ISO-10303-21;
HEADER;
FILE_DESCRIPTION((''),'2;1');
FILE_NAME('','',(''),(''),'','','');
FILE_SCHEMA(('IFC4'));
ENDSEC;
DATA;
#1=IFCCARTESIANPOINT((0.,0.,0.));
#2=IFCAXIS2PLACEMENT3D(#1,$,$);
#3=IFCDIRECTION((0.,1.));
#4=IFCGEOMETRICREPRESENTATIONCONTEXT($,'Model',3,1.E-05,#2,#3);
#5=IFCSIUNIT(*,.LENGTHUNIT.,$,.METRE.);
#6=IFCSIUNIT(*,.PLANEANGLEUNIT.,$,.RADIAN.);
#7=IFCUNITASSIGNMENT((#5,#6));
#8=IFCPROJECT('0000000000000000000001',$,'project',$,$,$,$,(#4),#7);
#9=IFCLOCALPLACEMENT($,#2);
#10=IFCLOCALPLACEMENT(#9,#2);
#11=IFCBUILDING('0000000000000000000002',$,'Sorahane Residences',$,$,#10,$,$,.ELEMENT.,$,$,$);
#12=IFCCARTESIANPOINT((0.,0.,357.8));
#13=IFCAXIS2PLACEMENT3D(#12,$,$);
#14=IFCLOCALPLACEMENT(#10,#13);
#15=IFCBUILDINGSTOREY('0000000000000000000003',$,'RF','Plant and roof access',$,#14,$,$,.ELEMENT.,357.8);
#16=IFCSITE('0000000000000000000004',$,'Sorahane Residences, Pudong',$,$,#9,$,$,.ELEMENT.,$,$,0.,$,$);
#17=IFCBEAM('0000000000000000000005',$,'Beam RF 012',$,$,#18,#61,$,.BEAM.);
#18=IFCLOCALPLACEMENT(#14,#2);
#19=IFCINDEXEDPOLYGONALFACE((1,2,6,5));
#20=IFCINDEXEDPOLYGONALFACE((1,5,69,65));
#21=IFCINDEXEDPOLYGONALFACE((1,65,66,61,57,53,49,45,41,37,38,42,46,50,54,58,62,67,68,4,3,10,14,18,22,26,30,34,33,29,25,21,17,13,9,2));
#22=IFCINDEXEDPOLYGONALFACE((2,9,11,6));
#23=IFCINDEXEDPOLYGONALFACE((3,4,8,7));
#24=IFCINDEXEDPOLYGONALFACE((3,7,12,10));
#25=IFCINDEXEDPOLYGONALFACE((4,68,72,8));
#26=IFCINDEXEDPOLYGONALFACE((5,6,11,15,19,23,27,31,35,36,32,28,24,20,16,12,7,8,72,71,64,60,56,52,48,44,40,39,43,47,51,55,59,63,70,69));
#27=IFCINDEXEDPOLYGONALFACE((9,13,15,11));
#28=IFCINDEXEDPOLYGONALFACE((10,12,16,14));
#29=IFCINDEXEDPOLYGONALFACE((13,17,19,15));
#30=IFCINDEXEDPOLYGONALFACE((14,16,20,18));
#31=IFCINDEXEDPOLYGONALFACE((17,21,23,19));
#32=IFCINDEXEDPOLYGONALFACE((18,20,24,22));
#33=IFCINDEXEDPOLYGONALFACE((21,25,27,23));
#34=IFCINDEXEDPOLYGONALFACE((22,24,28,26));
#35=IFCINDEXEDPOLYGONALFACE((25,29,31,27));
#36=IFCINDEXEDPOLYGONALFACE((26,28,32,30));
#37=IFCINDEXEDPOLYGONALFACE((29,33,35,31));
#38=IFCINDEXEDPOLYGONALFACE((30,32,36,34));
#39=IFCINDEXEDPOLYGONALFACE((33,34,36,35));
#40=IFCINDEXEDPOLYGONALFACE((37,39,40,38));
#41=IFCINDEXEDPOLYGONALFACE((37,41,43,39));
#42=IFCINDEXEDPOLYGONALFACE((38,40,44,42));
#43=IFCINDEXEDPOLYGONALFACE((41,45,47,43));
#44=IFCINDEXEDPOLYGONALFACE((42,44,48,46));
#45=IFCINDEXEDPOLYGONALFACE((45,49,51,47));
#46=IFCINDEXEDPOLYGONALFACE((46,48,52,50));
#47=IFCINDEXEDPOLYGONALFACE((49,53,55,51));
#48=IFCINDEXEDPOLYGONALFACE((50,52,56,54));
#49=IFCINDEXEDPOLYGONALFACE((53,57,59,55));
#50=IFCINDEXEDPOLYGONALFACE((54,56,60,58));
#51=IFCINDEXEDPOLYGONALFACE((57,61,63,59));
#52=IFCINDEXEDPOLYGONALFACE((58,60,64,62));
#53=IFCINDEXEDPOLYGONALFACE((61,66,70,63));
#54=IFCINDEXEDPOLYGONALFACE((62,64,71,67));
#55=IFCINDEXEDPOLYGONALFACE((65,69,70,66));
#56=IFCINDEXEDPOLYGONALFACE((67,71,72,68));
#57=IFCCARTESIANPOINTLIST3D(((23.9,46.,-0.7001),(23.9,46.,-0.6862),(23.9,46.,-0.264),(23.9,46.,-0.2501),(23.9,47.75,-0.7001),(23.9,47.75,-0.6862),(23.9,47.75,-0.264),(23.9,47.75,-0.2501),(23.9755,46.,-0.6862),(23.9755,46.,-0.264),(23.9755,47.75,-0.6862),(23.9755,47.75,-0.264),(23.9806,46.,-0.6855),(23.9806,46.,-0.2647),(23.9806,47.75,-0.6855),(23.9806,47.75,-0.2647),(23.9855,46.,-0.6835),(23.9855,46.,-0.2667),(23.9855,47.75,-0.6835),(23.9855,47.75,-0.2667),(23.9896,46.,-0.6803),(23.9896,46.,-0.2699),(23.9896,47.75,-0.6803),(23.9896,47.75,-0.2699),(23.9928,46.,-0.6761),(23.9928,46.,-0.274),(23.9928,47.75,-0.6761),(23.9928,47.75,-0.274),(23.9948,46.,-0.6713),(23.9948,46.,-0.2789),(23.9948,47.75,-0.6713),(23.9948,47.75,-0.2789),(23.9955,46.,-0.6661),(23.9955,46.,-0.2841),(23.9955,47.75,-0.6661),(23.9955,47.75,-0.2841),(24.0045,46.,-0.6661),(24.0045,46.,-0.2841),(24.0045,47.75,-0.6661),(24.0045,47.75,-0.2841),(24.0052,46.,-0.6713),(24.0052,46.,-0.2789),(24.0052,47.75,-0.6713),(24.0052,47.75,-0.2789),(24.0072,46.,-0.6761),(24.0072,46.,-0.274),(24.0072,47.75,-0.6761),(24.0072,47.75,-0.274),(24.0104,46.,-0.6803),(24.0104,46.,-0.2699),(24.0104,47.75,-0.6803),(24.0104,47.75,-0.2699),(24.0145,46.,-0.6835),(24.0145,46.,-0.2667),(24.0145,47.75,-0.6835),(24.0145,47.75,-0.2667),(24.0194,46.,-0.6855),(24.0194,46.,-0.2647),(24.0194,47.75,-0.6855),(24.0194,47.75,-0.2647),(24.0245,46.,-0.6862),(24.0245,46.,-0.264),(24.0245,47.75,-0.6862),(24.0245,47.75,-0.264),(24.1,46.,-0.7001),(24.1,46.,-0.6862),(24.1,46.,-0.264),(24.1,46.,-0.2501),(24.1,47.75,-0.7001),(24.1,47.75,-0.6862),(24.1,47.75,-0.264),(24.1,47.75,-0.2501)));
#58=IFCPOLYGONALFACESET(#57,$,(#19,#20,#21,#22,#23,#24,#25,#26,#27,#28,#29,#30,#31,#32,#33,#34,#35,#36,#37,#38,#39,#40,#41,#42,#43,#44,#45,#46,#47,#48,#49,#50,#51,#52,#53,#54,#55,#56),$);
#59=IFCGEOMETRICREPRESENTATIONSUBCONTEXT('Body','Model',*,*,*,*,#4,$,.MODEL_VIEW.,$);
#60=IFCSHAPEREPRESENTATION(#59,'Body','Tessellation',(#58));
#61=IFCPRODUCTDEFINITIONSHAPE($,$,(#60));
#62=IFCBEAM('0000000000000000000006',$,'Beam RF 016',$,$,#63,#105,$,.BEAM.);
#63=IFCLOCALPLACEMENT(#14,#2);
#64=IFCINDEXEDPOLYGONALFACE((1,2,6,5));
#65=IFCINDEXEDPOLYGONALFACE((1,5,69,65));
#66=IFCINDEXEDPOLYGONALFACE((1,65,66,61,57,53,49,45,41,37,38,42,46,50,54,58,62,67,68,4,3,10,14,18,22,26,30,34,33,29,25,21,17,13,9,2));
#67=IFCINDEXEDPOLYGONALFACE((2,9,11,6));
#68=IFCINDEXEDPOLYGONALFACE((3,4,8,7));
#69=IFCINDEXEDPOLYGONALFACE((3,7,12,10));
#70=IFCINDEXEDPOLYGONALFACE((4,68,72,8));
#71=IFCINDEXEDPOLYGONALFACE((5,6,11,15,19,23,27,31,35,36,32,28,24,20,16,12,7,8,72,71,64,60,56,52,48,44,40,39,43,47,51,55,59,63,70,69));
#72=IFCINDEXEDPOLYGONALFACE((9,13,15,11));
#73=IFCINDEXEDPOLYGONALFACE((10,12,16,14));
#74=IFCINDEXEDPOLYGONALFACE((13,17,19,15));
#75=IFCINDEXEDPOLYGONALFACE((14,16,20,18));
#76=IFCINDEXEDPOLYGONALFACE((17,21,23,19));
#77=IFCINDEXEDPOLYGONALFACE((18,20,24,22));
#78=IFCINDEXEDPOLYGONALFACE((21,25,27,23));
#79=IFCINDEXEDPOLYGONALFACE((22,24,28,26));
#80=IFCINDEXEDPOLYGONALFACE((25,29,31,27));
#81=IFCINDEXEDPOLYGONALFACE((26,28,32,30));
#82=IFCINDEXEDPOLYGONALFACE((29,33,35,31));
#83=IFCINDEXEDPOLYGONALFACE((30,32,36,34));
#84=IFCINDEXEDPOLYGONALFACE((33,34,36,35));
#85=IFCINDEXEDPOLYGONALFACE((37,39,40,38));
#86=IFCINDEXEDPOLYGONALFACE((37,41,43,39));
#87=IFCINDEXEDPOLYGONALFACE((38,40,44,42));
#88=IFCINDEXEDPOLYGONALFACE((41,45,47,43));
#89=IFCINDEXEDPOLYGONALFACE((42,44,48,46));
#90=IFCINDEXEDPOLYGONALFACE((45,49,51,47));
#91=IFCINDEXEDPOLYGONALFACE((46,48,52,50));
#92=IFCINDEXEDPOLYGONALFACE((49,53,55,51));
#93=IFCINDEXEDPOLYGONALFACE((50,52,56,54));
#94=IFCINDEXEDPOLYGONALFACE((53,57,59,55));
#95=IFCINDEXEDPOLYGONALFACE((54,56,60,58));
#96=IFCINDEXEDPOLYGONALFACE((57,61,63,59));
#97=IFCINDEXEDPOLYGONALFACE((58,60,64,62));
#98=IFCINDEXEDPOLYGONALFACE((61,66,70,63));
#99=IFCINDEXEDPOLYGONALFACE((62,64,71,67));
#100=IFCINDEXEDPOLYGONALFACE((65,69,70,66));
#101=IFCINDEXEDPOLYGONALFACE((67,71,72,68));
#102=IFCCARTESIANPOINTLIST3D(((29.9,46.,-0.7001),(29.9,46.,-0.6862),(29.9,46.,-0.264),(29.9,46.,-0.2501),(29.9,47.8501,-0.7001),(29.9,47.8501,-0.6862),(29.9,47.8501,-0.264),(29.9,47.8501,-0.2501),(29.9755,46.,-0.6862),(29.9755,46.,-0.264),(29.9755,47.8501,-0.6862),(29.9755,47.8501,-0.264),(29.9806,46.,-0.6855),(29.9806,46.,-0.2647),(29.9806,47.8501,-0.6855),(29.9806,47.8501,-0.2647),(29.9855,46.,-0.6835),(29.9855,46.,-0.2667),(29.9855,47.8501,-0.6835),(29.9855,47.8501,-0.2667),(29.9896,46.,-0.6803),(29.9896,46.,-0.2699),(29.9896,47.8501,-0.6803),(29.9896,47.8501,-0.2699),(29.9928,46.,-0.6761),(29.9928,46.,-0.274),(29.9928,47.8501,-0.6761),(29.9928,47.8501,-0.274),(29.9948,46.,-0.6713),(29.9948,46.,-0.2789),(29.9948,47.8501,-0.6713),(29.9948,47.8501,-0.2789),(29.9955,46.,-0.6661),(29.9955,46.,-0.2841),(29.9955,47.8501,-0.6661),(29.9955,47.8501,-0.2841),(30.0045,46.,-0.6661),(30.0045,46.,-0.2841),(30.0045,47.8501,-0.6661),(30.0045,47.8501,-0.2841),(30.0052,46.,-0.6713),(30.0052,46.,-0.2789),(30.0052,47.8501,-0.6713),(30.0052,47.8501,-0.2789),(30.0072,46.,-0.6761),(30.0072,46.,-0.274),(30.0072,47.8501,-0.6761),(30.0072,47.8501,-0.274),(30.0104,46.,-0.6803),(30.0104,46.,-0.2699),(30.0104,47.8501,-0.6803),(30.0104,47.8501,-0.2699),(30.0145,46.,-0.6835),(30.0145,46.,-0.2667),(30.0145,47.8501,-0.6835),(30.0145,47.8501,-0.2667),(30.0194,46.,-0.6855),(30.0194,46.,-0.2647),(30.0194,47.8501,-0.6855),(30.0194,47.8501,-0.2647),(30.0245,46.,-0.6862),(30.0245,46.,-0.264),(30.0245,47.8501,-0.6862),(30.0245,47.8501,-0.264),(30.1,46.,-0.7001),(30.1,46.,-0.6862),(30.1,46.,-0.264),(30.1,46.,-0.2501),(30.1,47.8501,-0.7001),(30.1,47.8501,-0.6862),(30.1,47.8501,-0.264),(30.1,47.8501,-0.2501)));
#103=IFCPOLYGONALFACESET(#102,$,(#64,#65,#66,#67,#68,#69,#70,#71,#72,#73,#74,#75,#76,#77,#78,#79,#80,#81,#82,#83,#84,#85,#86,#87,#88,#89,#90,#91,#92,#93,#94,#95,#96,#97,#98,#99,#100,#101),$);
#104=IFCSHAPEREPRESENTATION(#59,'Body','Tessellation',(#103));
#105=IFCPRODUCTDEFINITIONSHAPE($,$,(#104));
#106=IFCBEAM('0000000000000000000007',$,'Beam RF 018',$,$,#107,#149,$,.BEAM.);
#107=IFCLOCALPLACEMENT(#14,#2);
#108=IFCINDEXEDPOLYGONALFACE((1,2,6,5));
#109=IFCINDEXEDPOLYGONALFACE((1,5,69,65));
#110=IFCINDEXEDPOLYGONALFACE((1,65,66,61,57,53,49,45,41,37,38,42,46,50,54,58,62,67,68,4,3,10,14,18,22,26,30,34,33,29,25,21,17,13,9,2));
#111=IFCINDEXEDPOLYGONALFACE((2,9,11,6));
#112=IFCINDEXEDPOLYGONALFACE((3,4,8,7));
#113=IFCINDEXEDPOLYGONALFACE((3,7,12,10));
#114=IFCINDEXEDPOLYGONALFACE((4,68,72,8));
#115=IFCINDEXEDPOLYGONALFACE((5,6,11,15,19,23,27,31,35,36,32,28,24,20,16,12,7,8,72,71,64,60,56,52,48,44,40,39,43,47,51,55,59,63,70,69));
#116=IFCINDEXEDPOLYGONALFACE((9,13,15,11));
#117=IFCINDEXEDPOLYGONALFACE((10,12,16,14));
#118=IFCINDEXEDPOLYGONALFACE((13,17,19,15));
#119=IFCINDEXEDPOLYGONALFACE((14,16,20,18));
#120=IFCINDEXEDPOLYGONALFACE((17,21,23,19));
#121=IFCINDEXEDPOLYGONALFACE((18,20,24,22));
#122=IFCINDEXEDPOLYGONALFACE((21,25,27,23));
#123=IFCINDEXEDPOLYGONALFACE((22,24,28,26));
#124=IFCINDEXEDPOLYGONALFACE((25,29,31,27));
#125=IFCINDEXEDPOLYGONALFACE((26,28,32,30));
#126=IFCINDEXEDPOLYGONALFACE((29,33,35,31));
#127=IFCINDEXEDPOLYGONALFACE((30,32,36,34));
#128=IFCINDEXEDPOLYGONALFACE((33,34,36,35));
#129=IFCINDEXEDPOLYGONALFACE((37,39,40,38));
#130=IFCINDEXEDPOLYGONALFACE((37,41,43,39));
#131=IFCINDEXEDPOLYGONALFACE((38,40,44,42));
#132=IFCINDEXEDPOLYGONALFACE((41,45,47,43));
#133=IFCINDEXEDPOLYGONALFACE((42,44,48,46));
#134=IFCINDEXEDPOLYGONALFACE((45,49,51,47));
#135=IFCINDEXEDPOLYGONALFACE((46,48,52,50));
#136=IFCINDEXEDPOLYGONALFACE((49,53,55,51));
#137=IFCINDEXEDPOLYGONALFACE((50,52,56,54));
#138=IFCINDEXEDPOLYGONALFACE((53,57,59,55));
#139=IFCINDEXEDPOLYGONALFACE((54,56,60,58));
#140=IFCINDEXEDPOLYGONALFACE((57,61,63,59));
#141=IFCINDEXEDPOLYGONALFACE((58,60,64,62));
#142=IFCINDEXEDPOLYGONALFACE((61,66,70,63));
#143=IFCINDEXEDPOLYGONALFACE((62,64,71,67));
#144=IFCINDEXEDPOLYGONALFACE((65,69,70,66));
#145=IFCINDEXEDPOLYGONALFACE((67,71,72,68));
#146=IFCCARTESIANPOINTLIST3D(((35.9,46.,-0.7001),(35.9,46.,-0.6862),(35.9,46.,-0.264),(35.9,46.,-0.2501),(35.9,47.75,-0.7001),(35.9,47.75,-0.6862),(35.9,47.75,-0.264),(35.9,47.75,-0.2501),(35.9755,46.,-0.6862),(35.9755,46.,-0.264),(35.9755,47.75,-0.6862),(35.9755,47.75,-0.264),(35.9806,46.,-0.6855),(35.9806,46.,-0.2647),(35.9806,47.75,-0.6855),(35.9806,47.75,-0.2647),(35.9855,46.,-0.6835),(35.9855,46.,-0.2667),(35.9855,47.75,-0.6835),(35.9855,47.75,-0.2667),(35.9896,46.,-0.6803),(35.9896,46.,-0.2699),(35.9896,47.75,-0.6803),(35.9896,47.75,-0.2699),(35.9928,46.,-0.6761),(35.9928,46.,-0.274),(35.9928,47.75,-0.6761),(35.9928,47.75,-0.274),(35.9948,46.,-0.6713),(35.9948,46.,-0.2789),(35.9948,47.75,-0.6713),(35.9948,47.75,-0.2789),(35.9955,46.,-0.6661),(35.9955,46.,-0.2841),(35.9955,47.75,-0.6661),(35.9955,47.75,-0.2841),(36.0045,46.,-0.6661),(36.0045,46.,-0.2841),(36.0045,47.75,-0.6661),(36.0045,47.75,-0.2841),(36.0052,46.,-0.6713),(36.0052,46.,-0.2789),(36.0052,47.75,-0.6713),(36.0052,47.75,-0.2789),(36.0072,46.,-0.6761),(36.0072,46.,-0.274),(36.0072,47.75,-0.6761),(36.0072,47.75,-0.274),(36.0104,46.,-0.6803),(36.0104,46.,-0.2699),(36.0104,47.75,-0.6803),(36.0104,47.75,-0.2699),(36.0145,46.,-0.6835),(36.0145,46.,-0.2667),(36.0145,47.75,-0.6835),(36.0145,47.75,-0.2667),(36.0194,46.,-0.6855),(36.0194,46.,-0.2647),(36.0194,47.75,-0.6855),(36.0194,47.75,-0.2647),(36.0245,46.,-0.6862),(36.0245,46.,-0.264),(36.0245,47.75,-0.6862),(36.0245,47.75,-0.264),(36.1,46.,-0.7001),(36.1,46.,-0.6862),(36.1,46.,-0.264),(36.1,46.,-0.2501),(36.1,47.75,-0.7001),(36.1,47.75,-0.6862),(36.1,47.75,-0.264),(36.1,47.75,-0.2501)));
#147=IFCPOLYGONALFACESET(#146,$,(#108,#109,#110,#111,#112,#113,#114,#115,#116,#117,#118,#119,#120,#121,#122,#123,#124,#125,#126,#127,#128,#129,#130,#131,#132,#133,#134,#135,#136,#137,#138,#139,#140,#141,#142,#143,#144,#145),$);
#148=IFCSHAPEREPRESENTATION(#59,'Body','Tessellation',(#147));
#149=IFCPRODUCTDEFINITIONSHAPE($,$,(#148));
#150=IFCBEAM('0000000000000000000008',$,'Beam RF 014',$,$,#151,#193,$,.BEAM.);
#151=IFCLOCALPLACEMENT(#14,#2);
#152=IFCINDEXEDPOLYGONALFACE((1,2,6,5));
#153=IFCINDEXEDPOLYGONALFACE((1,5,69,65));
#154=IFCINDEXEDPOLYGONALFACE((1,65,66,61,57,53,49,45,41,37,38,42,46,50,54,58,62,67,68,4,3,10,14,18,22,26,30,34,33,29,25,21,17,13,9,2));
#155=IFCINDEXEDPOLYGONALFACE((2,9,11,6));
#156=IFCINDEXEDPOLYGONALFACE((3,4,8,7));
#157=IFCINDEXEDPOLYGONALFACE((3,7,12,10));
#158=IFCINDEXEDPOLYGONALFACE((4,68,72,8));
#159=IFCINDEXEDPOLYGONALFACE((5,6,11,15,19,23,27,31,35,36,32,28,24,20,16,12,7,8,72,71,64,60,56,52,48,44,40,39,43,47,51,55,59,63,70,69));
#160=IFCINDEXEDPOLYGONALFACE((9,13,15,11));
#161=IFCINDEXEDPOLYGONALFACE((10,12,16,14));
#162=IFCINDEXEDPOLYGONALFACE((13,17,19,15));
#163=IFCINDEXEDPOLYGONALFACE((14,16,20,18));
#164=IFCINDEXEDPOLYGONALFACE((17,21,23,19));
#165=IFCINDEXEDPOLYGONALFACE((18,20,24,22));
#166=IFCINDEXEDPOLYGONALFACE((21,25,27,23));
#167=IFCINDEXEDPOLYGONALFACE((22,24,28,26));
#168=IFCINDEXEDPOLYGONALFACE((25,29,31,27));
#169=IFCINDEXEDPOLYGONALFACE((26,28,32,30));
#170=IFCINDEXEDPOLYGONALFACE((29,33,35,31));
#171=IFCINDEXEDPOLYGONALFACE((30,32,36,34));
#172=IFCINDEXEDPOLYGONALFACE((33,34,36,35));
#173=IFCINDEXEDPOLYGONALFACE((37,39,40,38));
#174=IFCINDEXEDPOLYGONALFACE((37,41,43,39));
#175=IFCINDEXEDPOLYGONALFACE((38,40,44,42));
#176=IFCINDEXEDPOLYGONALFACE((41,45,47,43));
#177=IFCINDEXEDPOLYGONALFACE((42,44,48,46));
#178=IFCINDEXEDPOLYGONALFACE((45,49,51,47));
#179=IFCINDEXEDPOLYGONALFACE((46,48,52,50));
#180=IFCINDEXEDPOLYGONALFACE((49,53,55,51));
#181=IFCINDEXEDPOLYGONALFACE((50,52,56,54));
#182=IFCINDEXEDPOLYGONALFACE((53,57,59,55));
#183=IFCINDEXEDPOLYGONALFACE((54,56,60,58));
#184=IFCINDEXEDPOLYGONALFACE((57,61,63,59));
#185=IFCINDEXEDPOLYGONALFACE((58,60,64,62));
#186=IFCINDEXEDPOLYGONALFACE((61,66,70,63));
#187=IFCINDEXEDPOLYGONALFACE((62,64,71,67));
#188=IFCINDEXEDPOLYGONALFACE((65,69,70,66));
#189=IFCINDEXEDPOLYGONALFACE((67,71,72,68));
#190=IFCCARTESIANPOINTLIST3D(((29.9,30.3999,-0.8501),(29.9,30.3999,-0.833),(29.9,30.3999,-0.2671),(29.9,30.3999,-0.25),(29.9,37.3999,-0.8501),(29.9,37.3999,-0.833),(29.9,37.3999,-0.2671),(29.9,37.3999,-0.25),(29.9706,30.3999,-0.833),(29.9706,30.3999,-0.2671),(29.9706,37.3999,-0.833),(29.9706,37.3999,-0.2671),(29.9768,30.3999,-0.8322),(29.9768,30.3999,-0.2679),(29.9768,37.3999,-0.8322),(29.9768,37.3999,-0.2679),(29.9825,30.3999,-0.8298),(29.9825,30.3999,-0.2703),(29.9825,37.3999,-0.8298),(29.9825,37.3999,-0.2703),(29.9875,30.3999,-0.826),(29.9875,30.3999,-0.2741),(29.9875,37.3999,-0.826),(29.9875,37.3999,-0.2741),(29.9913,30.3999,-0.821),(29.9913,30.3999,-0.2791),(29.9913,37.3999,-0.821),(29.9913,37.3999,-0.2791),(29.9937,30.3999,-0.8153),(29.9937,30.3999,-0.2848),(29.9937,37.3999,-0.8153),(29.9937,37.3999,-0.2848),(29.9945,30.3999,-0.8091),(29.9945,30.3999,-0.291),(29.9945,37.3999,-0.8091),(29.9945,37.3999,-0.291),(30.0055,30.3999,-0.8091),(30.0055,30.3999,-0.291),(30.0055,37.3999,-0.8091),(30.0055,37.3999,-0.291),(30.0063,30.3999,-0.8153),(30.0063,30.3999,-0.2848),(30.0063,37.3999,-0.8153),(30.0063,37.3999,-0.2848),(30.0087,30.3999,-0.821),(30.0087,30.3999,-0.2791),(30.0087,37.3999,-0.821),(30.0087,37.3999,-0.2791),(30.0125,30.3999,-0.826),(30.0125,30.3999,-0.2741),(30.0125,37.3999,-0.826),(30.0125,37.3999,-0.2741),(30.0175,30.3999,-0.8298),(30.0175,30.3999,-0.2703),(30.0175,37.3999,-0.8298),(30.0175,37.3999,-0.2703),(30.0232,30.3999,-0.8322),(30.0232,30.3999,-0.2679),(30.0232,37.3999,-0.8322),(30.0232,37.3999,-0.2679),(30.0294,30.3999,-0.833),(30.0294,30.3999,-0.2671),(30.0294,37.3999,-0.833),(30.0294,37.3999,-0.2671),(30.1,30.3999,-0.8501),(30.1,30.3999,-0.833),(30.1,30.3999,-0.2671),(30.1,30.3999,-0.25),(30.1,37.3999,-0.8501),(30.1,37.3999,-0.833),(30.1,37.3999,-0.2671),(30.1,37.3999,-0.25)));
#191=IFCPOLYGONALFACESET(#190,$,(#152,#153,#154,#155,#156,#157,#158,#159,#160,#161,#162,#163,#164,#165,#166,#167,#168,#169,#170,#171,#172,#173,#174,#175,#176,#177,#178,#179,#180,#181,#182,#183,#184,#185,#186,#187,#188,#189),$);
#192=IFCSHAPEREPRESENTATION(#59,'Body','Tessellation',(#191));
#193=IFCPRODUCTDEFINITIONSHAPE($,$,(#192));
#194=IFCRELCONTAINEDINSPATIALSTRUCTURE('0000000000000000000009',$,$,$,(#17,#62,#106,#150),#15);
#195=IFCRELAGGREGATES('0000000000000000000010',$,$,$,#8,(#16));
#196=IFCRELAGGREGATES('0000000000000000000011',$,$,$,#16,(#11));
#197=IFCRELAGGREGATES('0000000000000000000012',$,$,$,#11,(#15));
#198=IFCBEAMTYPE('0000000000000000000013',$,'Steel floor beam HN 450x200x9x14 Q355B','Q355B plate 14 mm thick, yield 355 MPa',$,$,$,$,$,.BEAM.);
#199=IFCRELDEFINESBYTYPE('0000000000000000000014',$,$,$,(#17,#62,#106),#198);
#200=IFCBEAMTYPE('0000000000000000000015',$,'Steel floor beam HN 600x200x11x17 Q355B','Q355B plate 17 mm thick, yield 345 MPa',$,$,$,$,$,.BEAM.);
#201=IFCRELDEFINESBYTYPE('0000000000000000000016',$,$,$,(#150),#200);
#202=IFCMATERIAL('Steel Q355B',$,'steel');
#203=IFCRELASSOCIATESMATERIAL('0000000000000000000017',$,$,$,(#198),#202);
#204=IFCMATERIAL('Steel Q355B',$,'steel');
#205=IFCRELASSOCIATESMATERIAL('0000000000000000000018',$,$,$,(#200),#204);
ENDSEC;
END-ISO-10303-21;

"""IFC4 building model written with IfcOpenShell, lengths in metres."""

from ifc_helpers import new_model, si_unit, direction, frame, origin, origin_2d, place, context, subcontext, project, spatial, i_section, extrude, material, material_profile, profile_set, type_object, element, save


model = new_model("IFC4")

# Units and contexts
model_context = context("Model", 3, precision=1e-05, world=origin(), true_north=direction((0.0, 1.0)))
body_context = subcontext(model_context, "Body", "Model", "MODEL_VIEW")
ifc_project = project(units=[si_unit("LENGTHUNIT", "METRE"), si_unit("PLANEANGLEUNIT", "RADIAN")], contexts=[model_context])

# Site, building, storey
site_placement = place(None, origin())
site = spatial("IfcSite", under=ifc_project, at=site_placement, Name="Sorahane Residences, Pudong", CompositionType="ELEMENT", RefElevation=0.0)
building_placement = place(site_placement, origin())
building = spatial("IfcBuilding", under=site, at=building_placement, Name="Sorahane Residences", CompositionType="ELEMENT")
storey_placement = place(building_placement, frame((0.0, 0.0, 357.8)))
storey = spatial("IfcBuildingStorey", under=building, at=storey_placement, Name="RF", Description="Plant and roof access", CompositionType="ELEMENT", Elevation=357.8)

# Beams
ifc_material_1 = material(Name="Steel Q355B", Category="steel")
ifc_material_profile_1 = material_profile(ifc_material_1, i_section(OverallWidth=0.2, OverallDepth=0.45, WebThickness=0.009, FlangeThickness=0.0139, FilletRadius=0.02, at=origin_2d()), Name="HN 450x200x9x14")
ifc_profile_set_1 = profile_set([ifc_material_profile_1], Name="Steel Q355B")
beam_type_1 = type_object("IfcBeamType", Name="Steel floor beam HN 450x200x9x14 Q355B", Description="Q355B plate 14 mm thick, yield 355 MPa", PredefinedType="BEAM", material=ifc_profile_set_1)
beam_1_placement = place(storey_placement, frame((24.0, 46.0, -0.4751), z_axis=(0.0, 1.0, 0.0), x_axis=(-1.0, 0.0, 0.0)))
element("IfcBeam", 1, at=beam_1_placement, inside=storey, type_object=beam_type_1, Name="Beam RF 012", PredefinedType="BEAM", context=body_context, shape_type="SweptSolid", body=[
    extrude(i_section(OverallWidth=0.2, OverallDepth=0.45, WebThickness=0.009, FlangeThickness=0.0139, FilletRadius=0.02, at=origin_2d()), origin(), (0.0, 0.0, 1.0), 1.75),
])
beam_2_placement = place(storey_placement, frame((30.0, 46.0, -0.4751), z_axis=(0.0, 1.0, 0.0), x_axis=(-1.0, 0.0, 0.0)))
element("IfcBeam", 2, at=beam_2_placement, inside=storey, type_object=beam_type_1, Name="Beam RF 016", PredefinedType="BEAM", context=body_context, shape_type="SweptSolid", body=[
    extrude(i_section(OverallWidth=0.2, OverallDepth=0.45, WebThickness=0.009, FlangeThickness=0.0139, FilletRadius=0.02, at=origin_2d()), origin(), (0.0, 0.0, 1.0), 1.8501),
])
beam_3_placement = place(storey_placement, frame((36.0, 46.0, -0.4751), z_axis=(0.0, 1.0, 0.0), x_axis=(-1.0, 0.0, 0.0)))
element("IfcBeam", 3, at=beam_3_placement, inside=storey, type_object=beam_type_1, Name="Beam RF 018", PredefinedType="BEAM", context=body_context, shape_type="SweptSolid", body=[
    extrude(i_section(OverallWidth=0.2, OverallDepth=0.45, WebThickness=0.009, FlangeThickness=0.0139, FilletRadius=0.02, at=origin_2d()), origin(), (0.0, 0.0, 1.0), 1.75),
])
ifc_material_2 = material(Name="Steel Q355B", Category="steel")
ifc_material_profile_2 = material_profile(ifc_material_2, i_section(OverallWidth=0.2, OverallDepth=0.6001, WebThickness=0.011, FlangeThickness=0.0171, FilletRadius=0.0239, at=origin_2d()), Name="HN 600x200x11x17")
ifc_profile_set_2 = profile_set([ifc_material_profile_2], Name="Steel Q355B")
beam_type_2 = type_object("IfcBeamType", Name="Steel floor beam HN 600x200x11x17 Q355B", Description="Q355B plate 17 mm thick, yield 345 MPa", PredefinedType="BEAM", material=ifc_profile_set_2)
for number, where, z_axis, x_axis, name in (
    (4, (30.0, 30.3999, -0.55), (0.0, 1.0, 0.0), (-1.0, 0.0, 0.0), "Beam RF 014"),
):
    element("IfcBeam", number, at=place(storey_placement, frame(where, z_axis=z_axis, x_axis=x_axis)), inside=storey, type_object=beam_type_2, Name=name, PredefinedType="BEAM", context=body_context, shape_type="SweptSolid", body=[
        extrude(i_section(OverallWidth=0.2, OverallDepth=0.6001, WebThickness=0.011, FlangeThickness=0.0171, FilletRadius=0.0239, at=origin_2d()), origin(), (0.0, 0.0, 1.0), 7.0),
    ])

save(model, "model.ifc")
